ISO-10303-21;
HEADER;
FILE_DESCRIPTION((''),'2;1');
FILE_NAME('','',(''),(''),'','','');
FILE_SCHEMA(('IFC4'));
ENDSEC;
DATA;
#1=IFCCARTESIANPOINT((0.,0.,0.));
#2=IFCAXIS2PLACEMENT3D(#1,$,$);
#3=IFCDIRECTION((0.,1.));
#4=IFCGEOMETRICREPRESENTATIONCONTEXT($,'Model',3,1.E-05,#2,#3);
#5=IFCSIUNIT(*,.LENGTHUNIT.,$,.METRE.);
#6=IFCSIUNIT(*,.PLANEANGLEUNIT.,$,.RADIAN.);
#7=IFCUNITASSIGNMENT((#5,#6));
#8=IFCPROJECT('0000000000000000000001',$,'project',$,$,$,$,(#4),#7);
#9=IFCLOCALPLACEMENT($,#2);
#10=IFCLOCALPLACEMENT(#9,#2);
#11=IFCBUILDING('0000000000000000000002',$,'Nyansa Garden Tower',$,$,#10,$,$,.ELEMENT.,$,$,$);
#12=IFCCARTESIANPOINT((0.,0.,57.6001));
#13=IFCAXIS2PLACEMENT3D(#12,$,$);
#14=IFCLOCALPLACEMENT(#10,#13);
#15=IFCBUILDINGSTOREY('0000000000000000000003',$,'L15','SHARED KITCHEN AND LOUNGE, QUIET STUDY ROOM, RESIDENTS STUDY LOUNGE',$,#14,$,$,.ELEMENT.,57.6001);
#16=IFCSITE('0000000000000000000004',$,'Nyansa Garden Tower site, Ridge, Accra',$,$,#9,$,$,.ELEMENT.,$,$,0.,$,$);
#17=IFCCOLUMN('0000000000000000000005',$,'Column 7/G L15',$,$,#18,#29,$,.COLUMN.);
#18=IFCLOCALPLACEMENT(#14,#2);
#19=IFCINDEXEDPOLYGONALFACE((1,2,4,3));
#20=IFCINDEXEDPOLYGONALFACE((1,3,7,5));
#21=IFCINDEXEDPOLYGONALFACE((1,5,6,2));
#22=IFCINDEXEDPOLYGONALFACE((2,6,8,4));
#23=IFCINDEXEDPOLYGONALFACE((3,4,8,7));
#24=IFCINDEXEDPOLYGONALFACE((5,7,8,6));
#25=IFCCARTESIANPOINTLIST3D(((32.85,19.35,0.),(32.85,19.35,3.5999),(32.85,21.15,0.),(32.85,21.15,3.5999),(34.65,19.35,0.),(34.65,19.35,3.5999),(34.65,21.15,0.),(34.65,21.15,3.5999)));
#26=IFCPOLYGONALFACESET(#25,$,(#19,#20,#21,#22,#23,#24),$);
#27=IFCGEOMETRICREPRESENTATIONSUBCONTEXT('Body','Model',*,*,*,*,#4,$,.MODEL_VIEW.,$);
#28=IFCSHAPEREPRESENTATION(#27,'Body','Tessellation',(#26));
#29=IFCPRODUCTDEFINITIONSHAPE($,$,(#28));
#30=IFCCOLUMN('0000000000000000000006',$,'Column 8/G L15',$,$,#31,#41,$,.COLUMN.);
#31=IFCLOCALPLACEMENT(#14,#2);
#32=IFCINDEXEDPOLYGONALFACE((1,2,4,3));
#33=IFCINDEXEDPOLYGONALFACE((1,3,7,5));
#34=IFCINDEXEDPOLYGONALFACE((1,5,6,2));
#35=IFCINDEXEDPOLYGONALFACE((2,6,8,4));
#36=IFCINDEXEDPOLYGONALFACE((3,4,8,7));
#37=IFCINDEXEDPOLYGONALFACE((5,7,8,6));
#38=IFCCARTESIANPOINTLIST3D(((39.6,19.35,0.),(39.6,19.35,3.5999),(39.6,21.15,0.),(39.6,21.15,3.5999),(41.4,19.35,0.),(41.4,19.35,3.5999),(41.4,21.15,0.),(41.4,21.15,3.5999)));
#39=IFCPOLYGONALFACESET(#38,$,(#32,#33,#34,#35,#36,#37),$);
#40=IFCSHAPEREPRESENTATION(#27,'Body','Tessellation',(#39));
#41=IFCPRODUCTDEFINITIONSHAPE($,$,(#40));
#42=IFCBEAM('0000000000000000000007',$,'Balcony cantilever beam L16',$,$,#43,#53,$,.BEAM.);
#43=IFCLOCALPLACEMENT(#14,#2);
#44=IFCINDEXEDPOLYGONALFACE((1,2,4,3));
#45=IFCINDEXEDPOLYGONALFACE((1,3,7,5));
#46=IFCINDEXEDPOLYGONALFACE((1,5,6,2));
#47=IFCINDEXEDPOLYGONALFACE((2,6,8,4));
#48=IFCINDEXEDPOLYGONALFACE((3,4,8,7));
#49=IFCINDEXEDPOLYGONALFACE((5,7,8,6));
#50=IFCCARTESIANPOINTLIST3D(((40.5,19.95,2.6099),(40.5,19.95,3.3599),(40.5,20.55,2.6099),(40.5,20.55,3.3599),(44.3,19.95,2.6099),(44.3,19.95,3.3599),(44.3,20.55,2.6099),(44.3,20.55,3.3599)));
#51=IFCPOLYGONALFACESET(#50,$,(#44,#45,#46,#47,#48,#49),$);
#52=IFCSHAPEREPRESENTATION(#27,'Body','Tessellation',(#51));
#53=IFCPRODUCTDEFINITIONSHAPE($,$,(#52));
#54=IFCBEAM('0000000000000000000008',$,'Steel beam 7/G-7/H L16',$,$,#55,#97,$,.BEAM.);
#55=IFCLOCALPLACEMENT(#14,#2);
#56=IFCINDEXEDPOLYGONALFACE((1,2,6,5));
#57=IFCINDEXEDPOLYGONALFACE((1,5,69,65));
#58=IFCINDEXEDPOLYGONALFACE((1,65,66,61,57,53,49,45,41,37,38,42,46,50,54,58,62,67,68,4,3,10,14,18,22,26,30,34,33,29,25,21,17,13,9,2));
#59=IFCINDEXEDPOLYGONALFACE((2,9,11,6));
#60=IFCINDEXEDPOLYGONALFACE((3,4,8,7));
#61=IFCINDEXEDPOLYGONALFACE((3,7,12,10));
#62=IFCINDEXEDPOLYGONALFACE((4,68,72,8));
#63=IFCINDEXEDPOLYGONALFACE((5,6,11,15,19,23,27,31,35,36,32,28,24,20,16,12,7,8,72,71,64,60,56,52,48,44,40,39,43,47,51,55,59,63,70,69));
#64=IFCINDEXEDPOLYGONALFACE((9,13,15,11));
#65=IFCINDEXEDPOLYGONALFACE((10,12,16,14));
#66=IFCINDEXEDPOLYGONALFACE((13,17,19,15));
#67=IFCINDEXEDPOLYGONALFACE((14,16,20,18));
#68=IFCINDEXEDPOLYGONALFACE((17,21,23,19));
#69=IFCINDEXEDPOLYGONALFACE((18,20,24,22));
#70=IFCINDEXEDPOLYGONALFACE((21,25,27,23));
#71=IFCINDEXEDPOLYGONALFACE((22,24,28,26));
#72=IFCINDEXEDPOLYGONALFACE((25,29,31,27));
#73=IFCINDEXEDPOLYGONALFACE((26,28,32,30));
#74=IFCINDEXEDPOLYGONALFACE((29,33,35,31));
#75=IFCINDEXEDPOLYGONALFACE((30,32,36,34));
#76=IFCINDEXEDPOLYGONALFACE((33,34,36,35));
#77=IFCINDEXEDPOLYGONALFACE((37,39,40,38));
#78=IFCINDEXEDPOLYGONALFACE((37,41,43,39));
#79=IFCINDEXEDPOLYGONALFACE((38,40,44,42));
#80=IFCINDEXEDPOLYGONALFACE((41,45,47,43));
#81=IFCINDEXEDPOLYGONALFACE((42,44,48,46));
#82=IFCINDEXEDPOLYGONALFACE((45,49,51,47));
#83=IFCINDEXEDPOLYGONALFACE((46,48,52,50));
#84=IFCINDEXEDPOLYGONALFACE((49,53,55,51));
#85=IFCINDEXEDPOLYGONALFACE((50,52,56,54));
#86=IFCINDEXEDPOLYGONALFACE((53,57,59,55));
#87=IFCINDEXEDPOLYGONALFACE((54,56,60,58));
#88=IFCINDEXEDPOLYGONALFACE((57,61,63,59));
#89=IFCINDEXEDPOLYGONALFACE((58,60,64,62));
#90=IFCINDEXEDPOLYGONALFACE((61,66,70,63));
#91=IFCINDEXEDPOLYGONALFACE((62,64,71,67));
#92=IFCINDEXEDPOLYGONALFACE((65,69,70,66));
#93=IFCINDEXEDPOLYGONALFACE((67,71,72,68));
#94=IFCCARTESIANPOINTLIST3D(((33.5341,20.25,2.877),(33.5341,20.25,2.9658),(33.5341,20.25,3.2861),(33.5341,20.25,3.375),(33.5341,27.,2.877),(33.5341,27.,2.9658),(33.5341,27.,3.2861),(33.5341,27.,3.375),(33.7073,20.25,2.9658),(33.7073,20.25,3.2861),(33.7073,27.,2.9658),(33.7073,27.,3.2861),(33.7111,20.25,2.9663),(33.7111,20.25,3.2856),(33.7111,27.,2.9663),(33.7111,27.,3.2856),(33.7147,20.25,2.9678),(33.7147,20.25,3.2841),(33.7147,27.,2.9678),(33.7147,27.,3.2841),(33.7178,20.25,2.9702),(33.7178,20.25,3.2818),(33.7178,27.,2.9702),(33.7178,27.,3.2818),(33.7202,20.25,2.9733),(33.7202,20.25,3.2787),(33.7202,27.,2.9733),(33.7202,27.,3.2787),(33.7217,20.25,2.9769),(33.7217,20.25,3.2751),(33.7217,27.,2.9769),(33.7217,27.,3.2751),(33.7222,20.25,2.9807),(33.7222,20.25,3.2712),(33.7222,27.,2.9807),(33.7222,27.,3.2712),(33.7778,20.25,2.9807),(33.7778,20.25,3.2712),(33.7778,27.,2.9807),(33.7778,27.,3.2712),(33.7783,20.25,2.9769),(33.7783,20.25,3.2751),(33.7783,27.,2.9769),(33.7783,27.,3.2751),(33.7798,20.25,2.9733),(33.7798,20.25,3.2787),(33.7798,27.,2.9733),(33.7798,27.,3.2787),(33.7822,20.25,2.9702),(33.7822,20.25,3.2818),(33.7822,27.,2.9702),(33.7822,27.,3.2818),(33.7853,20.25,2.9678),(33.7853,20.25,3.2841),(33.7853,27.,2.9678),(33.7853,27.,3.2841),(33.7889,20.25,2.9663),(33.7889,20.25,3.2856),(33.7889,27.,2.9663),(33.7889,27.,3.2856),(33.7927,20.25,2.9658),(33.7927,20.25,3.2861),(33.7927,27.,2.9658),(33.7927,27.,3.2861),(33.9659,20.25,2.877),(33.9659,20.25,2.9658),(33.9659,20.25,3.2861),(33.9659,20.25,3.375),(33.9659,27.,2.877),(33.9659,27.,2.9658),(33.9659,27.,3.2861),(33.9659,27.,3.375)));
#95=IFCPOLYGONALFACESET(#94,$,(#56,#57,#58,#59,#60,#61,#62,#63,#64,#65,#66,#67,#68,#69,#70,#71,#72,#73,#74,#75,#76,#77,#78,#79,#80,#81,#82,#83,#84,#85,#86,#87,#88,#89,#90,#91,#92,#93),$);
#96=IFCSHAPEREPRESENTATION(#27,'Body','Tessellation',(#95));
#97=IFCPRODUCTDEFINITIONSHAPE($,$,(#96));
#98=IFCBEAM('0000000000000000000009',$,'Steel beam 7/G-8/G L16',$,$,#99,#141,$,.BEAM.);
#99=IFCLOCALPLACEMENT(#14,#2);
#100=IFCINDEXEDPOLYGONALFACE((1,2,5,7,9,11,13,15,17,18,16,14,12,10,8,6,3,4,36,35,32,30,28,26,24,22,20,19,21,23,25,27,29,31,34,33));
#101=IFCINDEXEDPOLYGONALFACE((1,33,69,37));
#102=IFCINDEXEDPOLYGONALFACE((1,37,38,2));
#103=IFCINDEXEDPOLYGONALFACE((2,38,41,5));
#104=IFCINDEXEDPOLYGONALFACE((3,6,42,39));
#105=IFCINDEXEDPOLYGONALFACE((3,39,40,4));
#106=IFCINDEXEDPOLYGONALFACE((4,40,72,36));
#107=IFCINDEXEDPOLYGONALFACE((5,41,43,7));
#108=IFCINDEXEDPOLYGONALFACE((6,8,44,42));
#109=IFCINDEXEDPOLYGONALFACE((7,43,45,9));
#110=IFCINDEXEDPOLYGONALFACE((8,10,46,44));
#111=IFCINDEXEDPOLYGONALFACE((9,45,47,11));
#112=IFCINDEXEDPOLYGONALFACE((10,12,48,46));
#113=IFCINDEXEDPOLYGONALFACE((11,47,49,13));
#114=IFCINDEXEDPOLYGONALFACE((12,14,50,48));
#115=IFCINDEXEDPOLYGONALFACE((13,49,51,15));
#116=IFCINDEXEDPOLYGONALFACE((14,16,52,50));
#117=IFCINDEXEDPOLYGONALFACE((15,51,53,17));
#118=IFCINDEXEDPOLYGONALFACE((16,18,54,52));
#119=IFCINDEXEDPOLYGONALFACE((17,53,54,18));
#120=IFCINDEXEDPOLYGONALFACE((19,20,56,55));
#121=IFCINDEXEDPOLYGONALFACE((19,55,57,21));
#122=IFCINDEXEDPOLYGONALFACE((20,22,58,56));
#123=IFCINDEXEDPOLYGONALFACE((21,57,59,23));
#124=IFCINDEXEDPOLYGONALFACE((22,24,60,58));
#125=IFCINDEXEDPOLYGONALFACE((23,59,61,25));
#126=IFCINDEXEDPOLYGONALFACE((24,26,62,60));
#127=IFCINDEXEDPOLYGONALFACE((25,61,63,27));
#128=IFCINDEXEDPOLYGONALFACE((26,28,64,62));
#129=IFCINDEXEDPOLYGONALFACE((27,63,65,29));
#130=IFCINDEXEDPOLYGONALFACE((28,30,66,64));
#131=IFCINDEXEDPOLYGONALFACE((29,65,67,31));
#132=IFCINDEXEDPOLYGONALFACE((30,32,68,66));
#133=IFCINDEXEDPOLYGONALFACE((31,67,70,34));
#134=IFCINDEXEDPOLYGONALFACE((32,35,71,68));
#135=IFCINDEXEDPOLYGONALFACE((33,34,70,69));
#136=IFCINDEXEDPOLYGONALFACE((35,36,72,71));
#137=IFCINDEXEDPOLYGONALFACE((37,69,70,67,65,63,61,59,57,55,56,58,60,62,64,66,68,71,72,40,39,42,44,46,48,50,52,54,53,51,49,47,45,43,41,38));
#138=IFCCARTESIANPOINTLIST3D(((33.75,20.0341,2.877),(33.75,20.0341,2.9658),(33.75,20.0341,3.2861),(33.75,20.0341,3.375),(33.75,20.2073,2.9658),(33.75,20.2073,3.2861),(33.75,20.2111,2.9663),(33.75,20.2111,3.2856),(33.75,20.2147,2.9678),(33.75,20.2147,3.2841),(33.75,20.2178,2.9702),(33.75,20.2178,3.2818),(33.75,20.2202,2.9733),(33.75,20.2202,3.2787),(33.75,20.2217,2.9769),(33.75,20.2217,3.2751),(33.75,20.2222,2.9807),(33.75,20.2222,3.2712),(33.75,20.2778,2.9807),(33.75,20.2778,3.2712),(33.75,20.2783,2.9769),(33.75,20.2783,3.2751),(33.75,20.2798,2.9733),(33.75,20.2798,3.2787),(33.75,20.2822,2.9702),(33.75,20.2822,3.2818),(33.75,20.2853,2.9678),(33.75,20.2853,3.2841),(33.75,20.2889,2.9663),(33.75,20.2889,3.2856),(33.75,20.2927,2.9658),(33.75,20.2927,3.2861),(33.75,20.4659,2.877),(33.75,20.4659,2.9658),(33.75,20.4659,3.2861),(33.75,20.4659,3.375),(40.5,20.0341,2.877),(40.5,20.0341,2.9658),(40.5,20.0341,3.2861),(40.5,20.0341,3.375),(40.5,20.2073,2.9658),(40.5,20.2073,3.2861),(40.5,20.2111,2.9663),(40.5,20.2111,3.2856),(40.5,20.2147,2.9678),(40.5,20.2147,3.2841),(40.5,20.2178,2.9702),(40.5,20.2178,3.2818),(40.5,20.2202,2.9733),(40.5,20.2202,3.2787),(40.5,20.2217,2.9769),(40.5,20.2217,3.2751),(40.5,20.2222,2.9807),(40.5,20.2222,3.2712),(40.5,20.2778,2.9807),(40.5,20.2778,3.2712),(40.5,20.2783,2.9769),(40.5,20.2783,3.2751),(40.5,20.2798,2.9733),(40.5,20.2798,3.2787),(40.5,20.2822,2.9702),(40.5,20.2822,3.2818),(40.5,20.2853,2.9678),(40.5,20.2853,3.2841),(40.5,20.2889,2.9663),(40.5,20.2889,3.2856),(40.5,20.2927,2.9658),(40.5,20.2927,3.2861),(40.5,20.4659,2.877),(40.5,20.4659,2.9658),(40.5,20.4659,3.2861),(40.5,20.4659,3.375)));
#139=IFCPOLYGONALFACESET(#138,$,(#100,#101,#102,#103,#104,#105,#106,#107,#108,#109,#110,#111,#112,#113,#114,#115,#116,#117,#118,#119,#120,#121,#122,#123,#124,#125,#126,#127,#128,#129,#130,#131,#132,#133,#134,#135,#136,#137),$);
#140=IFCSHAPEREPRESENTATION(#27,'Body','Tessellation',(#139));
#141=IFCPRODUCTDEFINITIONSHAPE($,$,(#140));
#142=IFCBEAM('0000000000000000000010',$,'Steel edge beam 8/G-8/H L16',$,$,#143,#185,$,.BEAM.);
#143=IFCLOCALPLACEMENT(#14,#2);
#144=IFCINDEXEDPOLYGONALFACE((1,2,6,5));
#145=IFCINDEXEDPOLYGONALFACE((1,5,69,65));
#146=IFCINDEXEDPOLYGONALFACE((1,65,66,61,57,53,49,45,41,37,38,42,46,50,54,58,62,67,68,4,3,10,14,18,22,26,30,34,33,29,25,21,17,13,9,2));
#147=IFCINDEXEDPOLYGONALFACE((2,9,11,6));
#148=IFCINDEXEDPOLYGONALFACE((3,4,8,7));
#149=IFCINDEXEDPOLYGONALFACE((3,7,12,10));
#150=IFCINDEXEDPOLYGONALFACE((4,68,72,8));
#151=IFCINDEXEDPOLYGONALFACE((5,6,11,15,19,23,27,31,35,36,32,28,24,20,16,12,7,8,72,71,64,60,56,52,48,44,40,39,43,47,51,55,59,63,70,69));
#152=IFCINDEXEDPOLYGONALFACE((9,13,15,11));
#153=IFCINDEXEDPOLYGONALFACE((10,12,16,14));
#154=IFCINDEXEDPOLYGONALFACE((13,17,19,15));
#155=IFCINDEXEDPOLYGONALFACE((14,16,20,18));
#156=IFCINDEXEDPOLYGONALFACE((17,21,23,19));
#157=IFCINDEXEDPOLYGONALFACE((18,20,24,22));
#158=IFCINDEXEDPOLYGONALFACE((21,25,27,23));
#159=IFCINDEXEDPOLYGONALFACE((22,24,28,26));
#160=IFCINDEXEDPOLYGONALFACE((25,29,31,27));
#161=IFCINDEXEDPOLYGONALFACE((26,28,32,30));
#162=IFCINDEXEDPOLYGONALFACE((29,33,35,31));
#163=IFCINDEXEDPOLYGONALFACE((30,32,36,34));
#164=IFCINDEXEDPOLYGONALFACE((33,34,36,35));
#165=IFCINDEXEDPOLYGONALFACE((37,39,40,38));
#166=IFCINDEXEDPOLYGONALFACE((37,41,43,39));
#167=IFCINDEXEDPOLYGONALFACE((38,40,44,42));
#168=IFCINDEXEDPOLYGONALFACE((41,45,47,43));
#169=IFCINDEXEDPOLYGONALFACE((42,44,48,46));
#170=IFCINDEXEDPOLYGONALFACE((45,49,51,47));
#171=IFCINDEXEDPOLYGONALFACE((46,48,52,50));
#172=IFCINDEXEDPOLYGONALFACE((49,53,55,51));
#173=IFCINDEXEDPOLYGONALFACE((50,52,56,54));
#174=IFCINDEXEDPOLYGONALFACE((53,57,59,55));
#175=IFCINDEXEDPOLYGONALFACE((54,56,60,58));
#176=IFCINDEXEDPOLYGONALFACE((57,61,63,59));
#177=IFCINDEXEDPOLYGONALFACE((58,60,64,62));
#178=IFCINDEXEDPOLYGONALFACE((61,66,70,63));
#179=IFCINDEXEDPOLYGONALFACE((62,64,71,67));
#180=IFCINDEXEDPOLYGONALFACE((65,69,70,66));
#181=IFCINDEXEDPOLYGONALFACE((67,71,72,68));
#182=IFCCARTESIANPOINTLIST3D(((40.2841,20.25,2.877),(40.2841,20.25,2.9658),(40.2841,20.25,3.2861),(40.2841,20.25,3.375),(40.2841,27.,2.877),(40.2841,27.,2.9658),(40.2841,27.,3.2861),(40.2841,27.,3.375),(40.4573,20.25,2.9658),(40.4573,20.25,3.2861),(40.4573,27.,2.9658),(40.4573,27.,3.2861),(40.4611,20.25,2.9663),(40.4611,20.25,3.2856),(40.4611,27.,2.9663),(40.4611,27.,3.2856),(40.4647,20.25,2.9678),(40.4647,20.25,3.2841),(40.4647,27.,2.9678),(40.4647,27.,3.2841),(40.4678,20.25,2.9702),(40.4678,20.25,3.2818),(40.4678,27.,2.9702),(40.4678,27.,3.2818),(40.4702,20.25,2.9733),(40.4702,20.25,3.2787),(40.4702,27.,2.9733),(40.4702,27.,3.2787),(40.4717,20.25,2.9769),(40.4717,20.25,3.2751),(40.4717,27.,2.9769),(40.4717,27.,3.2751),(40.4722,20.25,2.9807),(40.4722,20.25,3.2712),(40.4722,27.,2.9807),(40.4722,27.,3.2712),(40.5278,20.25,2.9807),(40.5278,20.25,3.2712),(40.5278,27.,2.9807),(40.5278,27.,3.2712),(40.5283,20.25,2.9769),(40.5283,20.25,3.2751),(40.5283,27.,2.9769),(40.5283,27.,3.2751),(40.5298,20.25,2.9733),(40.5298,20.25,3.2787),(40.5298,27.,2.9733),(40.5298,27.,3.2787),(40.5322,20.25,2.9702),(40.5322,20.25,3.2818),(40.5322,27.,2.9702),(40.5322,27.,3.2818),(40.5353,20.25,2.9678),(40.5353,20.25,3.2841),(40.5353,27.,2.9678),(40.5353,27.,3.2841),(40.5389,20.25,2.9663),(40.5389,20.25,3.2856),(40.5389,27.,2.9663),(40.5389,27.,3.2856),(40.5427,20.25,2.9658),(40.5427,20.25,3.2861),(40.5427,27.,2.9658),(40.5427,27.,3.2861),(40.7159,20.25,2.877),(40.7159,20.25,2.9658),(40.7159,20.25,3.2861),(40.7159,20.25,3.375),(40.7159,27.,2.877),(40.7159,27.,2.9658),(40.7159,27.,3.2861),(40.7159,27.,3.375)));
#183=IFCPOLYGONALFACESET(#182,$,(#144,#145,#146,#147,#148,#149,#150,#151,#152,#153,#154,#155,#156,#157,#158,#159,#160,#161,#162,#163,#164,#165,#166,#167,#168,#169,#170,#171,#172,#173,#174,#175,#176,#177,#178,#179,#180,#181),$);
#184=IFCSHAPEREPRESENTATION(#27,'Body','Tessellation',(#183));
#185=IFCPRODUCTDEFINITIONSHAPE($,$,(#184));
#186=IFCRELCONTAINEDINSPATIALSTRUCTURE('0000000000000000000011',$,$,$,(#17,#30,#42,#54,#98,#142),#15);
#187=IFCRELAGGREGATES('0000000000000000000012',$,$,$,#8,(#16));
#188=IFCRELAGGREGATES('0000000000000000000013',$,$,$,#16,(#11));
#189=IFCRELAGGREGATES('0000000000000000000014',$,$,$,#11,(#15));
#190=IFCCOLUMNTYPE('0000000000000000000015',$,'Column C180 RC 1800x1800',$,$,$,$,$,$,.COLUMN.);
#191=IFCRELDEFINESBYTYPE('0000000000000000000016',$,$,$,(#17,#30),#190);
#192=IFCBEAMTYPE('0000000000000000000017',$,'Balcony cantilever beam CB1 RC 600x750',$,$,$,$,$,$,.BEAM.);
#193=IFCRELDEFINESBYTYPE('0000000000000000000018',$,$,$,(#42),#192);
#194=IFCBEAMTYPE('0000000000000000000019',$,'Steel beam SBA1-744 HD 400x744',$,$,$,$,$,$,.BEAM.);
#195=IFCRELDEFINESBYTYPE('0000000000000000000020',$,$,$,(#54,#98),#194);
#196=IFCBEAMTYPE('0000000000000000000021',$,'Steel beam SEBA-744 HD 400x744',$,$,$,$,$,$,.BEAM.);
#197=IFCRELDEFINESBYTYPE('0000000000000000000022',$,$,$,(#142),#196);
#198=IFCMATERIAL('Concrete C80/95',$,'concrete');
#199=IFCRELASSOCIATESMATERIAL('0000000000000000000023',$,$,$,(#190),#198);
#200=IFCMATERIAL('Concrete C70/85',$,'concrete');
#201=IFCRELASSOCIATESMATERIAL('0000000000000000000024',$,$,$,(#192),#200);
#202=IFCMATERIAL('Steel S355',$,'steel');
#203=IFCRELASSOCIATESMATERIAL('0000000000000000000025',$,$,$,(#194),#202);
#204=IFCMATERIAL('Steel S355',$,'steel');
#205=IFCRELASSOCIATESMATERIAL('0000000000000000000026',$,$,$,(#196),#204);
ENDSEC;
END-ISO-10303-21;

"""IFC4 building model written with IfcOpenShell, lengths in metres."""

from ifc_helpers import new_model, si_unit, direction, frame, origin, origin_2d, place, context, subcontext, project, spatial, rectangle, i_section, extrude, material, material_profile, profile_set, type_object, element, save


model = new_model("IFC4")

# Units and contexts
model_context = context("Model", 3, precision=1e-05, world=origin(), true_north=direction((0.0, 1.0)))
body_context = subcontext(model_context, "Body", "Model", "MODEL_VIEW")
ifc_project = project(units=[si_unit("LENGTHUNIT", "METRE"), si_unit("PLANEANGLEUNIT", "RADIAN")], contexts=[model_context])

# Site, building, storey
site_placement = place(None, origin())
site = spatial("IfcSite", under=ifc_project, at=site_placement, Name="Nyansa Garden Tower site, Ridge, Accra", CompositionType="ELEMENT", RefElevation=0.0)
building_placement = place(site_placement, origin())
building = spatial("IfcBuilding", under=site, at=building_placement, Name="Nyansa Garden Tower", CompositionType="ELEMENT")
storey_placement = place(building_placement, frame((0.0, 0.0, 57.6001)))
storey = spatial("IfcBuildingStorey", under=building, at=storey_placement, Name="L15", Description="SHARED KITCHEN AND LOUNGE, QUIET STUDY ROOM, RESIDENTS STUDY LOUNGE", CompositionType="ELEMENT", Elevation=57.6001)

# Columns
ifc_material_1 = material(Name="Concrete C80/95", Category="concrete")
ifc_material_profile_1 = material_profile(ifc_material_1, rectangle(XDim=1.8, YDim=1.8, at=origin_2d()), Name="RC 1800x1800")
ifc_profile_set_1 = profile_set([ifc_material_profile_1], Name="Concrete C80/95")
column_type = type_object("IfcColumnType", Name="Column C180 RC 1800x1800", PredefinedType="COLUMN", material=ifc_profile_set_1)
for number, where, z_axis, x_axis, name in (
    (1, (33.75, 20.25, 0.0), (0.0, 0.0, 1.0), (1.0, 0.0, 0.0), "Column 7/G L15"),
    (2, (40.5, 20.25, 0.0), (0.0, 0.0, 1.0), (1.0, 0.0, 0.0), "Column 8/G L15"),
):
    element("IfcColumn", number, at=place(storey_placement, frame(where, z_axis=z_axis, x_axis=x_axis)), inside=storey, type_object=column_type, Name=name, PredefinedType="COLUMN", context=body_context, shape_type="SweptSolid", body=[
        extrude(rectangle(XDim=1.8, YDim=1.8, at=origin_2d()), origin(), (0.0, 0.0, 1.0), 3.5999),
    ])

# Beams
ifc_material_2 = material(Name="Concrete C70/85", Category="concrete")
ifc_material_profile_2 = material_profile(ifc_material_2, rectangle(XDim=0.6001, YDim=0.75, at=origin_2d()), Name="RC 600x750")
ifc_profile_set_2 = profile_set([ifc_material_profile_2], Name="Concrete C70/85")
beam_type_1 = type_object("IfcBeamType", Name="Balcony cantilever beam CB1 RC 600x750", PredefinedType="BEAM", material=ifc_profile_set_2)
beam_1_placement = place(storey_placement, frame((40.5, 20.25, 2.9849), z_axis=(1.0, 0.0, 0.0), x_axis=(0.0, 1.0, 0.0)))
element("IfcBeam", 3, at=beam_1_placement, inside=storey, type_object=beam_type_1, Name="Balcony cantilever beam L16", PredefinedType="BEAM", context=body_context, shape_type="SweptSolid", body=[
    extrude(rectangle(XDim=0.6001, YDim=0.75, at=origin_2d()), origin(), (0.0, 0.0, 1.0), 3.8),
])
ifc_material_3 = material(Name="Steel S355", Category="steel")
ifc_material_profile_3 = material_profile(ifc_material_3, i_section(OverallWidth=0.4319, OverallDepth=0.498, WebThickness=0.0557, FlangeThickness=0.0889, FilletRadius=0.0149, at=origin_2d()), Name="HD 400x744")
ifc_profile_set_3 = profile_set([ifc_material_profile_3], Name="Steel S355")
beam_type_2 = type_object("IfcBeamType", Name="Steel beam SBA1-744 HD 400x744", PredefinedType="BEAM", material=ifc_profile_set_3)
for number, where, z_axis, x_axis, name in (
    (4, (33.75, 20.25, 3.126), (0.0, 1.0, 0.0), (-1.0, 0.0, 0.0), "Steel beam 7/G-7/H L16"),
    (5, (33.75, 20.25, 3.126), (1.0, 0.0, 0.0), (0.0, 1.0, 0.0), "Steel beam 7/G-8/G L16"),
):
    element("IfcBeam", number, at=place(storey_placement, frame(where, z_axis=z_axis, x_axis=x_axis)), inside=storey, type_object=beam_type_2, Name=name, PredefinedType="BEAM", context=body_context, shape_type="SweptSolid", body=[
        extrude(i_section(OverallWidth=0.4319, OverallDepth=0.498, WebThickness=0.0557, FlangeThickness=0.0889, FilletRadius=0.0149, at=origin_2d()), origin(), (0.0, 0.0, 1.0), 6.75),
    ])
ifc_material_4 = material(Name="Steel S355", Category="steel")
ifc_material_profile_4 = material_profile(ifc_material_4, i_section(OverallWidth=0.4319, OverallDepth=0.498, WebThickness=0.0557, FlangeThickness=0.0889, FilletRadius=0.0149, at=origin_2d()), Name="HD 400x744")
ifc_profile_set_4 = profile_set([ifc_material_profile_4], Name="Steel S355")
beam_type_3 = type_object("IfcBeamType", Name="Steel beam SEBA-744 HD 400x744", PredefinedType="BEAM", material=ifc_profile_set_4)
beam_2_placement = place(storey_placement, frame((40.5, 20.25, 3.126), z_axis=(0.0, 1.0, 0.0), x_axis=(-1.0, 0.0, 0.0)))
element("IfcBeam", 6, at=beam_2_placement, inside=storey, type_object=beam_type_3, Name="Steel edge beam 8/G-8/H L16", PredefinedType="BEAM", context=body_context, shape_type="SweptSolid", body=[
    extrude(i_section(OverallWidth=0.4319, OverallDepth=0.498, WebThickness=0.0557, FlangeThickness=0.0889, FilletRadius=0.0149, at=origin_2d()), origin(), (0.0, 0.0, 1.0), 6.75),
])

save(model, "model.ifc")
